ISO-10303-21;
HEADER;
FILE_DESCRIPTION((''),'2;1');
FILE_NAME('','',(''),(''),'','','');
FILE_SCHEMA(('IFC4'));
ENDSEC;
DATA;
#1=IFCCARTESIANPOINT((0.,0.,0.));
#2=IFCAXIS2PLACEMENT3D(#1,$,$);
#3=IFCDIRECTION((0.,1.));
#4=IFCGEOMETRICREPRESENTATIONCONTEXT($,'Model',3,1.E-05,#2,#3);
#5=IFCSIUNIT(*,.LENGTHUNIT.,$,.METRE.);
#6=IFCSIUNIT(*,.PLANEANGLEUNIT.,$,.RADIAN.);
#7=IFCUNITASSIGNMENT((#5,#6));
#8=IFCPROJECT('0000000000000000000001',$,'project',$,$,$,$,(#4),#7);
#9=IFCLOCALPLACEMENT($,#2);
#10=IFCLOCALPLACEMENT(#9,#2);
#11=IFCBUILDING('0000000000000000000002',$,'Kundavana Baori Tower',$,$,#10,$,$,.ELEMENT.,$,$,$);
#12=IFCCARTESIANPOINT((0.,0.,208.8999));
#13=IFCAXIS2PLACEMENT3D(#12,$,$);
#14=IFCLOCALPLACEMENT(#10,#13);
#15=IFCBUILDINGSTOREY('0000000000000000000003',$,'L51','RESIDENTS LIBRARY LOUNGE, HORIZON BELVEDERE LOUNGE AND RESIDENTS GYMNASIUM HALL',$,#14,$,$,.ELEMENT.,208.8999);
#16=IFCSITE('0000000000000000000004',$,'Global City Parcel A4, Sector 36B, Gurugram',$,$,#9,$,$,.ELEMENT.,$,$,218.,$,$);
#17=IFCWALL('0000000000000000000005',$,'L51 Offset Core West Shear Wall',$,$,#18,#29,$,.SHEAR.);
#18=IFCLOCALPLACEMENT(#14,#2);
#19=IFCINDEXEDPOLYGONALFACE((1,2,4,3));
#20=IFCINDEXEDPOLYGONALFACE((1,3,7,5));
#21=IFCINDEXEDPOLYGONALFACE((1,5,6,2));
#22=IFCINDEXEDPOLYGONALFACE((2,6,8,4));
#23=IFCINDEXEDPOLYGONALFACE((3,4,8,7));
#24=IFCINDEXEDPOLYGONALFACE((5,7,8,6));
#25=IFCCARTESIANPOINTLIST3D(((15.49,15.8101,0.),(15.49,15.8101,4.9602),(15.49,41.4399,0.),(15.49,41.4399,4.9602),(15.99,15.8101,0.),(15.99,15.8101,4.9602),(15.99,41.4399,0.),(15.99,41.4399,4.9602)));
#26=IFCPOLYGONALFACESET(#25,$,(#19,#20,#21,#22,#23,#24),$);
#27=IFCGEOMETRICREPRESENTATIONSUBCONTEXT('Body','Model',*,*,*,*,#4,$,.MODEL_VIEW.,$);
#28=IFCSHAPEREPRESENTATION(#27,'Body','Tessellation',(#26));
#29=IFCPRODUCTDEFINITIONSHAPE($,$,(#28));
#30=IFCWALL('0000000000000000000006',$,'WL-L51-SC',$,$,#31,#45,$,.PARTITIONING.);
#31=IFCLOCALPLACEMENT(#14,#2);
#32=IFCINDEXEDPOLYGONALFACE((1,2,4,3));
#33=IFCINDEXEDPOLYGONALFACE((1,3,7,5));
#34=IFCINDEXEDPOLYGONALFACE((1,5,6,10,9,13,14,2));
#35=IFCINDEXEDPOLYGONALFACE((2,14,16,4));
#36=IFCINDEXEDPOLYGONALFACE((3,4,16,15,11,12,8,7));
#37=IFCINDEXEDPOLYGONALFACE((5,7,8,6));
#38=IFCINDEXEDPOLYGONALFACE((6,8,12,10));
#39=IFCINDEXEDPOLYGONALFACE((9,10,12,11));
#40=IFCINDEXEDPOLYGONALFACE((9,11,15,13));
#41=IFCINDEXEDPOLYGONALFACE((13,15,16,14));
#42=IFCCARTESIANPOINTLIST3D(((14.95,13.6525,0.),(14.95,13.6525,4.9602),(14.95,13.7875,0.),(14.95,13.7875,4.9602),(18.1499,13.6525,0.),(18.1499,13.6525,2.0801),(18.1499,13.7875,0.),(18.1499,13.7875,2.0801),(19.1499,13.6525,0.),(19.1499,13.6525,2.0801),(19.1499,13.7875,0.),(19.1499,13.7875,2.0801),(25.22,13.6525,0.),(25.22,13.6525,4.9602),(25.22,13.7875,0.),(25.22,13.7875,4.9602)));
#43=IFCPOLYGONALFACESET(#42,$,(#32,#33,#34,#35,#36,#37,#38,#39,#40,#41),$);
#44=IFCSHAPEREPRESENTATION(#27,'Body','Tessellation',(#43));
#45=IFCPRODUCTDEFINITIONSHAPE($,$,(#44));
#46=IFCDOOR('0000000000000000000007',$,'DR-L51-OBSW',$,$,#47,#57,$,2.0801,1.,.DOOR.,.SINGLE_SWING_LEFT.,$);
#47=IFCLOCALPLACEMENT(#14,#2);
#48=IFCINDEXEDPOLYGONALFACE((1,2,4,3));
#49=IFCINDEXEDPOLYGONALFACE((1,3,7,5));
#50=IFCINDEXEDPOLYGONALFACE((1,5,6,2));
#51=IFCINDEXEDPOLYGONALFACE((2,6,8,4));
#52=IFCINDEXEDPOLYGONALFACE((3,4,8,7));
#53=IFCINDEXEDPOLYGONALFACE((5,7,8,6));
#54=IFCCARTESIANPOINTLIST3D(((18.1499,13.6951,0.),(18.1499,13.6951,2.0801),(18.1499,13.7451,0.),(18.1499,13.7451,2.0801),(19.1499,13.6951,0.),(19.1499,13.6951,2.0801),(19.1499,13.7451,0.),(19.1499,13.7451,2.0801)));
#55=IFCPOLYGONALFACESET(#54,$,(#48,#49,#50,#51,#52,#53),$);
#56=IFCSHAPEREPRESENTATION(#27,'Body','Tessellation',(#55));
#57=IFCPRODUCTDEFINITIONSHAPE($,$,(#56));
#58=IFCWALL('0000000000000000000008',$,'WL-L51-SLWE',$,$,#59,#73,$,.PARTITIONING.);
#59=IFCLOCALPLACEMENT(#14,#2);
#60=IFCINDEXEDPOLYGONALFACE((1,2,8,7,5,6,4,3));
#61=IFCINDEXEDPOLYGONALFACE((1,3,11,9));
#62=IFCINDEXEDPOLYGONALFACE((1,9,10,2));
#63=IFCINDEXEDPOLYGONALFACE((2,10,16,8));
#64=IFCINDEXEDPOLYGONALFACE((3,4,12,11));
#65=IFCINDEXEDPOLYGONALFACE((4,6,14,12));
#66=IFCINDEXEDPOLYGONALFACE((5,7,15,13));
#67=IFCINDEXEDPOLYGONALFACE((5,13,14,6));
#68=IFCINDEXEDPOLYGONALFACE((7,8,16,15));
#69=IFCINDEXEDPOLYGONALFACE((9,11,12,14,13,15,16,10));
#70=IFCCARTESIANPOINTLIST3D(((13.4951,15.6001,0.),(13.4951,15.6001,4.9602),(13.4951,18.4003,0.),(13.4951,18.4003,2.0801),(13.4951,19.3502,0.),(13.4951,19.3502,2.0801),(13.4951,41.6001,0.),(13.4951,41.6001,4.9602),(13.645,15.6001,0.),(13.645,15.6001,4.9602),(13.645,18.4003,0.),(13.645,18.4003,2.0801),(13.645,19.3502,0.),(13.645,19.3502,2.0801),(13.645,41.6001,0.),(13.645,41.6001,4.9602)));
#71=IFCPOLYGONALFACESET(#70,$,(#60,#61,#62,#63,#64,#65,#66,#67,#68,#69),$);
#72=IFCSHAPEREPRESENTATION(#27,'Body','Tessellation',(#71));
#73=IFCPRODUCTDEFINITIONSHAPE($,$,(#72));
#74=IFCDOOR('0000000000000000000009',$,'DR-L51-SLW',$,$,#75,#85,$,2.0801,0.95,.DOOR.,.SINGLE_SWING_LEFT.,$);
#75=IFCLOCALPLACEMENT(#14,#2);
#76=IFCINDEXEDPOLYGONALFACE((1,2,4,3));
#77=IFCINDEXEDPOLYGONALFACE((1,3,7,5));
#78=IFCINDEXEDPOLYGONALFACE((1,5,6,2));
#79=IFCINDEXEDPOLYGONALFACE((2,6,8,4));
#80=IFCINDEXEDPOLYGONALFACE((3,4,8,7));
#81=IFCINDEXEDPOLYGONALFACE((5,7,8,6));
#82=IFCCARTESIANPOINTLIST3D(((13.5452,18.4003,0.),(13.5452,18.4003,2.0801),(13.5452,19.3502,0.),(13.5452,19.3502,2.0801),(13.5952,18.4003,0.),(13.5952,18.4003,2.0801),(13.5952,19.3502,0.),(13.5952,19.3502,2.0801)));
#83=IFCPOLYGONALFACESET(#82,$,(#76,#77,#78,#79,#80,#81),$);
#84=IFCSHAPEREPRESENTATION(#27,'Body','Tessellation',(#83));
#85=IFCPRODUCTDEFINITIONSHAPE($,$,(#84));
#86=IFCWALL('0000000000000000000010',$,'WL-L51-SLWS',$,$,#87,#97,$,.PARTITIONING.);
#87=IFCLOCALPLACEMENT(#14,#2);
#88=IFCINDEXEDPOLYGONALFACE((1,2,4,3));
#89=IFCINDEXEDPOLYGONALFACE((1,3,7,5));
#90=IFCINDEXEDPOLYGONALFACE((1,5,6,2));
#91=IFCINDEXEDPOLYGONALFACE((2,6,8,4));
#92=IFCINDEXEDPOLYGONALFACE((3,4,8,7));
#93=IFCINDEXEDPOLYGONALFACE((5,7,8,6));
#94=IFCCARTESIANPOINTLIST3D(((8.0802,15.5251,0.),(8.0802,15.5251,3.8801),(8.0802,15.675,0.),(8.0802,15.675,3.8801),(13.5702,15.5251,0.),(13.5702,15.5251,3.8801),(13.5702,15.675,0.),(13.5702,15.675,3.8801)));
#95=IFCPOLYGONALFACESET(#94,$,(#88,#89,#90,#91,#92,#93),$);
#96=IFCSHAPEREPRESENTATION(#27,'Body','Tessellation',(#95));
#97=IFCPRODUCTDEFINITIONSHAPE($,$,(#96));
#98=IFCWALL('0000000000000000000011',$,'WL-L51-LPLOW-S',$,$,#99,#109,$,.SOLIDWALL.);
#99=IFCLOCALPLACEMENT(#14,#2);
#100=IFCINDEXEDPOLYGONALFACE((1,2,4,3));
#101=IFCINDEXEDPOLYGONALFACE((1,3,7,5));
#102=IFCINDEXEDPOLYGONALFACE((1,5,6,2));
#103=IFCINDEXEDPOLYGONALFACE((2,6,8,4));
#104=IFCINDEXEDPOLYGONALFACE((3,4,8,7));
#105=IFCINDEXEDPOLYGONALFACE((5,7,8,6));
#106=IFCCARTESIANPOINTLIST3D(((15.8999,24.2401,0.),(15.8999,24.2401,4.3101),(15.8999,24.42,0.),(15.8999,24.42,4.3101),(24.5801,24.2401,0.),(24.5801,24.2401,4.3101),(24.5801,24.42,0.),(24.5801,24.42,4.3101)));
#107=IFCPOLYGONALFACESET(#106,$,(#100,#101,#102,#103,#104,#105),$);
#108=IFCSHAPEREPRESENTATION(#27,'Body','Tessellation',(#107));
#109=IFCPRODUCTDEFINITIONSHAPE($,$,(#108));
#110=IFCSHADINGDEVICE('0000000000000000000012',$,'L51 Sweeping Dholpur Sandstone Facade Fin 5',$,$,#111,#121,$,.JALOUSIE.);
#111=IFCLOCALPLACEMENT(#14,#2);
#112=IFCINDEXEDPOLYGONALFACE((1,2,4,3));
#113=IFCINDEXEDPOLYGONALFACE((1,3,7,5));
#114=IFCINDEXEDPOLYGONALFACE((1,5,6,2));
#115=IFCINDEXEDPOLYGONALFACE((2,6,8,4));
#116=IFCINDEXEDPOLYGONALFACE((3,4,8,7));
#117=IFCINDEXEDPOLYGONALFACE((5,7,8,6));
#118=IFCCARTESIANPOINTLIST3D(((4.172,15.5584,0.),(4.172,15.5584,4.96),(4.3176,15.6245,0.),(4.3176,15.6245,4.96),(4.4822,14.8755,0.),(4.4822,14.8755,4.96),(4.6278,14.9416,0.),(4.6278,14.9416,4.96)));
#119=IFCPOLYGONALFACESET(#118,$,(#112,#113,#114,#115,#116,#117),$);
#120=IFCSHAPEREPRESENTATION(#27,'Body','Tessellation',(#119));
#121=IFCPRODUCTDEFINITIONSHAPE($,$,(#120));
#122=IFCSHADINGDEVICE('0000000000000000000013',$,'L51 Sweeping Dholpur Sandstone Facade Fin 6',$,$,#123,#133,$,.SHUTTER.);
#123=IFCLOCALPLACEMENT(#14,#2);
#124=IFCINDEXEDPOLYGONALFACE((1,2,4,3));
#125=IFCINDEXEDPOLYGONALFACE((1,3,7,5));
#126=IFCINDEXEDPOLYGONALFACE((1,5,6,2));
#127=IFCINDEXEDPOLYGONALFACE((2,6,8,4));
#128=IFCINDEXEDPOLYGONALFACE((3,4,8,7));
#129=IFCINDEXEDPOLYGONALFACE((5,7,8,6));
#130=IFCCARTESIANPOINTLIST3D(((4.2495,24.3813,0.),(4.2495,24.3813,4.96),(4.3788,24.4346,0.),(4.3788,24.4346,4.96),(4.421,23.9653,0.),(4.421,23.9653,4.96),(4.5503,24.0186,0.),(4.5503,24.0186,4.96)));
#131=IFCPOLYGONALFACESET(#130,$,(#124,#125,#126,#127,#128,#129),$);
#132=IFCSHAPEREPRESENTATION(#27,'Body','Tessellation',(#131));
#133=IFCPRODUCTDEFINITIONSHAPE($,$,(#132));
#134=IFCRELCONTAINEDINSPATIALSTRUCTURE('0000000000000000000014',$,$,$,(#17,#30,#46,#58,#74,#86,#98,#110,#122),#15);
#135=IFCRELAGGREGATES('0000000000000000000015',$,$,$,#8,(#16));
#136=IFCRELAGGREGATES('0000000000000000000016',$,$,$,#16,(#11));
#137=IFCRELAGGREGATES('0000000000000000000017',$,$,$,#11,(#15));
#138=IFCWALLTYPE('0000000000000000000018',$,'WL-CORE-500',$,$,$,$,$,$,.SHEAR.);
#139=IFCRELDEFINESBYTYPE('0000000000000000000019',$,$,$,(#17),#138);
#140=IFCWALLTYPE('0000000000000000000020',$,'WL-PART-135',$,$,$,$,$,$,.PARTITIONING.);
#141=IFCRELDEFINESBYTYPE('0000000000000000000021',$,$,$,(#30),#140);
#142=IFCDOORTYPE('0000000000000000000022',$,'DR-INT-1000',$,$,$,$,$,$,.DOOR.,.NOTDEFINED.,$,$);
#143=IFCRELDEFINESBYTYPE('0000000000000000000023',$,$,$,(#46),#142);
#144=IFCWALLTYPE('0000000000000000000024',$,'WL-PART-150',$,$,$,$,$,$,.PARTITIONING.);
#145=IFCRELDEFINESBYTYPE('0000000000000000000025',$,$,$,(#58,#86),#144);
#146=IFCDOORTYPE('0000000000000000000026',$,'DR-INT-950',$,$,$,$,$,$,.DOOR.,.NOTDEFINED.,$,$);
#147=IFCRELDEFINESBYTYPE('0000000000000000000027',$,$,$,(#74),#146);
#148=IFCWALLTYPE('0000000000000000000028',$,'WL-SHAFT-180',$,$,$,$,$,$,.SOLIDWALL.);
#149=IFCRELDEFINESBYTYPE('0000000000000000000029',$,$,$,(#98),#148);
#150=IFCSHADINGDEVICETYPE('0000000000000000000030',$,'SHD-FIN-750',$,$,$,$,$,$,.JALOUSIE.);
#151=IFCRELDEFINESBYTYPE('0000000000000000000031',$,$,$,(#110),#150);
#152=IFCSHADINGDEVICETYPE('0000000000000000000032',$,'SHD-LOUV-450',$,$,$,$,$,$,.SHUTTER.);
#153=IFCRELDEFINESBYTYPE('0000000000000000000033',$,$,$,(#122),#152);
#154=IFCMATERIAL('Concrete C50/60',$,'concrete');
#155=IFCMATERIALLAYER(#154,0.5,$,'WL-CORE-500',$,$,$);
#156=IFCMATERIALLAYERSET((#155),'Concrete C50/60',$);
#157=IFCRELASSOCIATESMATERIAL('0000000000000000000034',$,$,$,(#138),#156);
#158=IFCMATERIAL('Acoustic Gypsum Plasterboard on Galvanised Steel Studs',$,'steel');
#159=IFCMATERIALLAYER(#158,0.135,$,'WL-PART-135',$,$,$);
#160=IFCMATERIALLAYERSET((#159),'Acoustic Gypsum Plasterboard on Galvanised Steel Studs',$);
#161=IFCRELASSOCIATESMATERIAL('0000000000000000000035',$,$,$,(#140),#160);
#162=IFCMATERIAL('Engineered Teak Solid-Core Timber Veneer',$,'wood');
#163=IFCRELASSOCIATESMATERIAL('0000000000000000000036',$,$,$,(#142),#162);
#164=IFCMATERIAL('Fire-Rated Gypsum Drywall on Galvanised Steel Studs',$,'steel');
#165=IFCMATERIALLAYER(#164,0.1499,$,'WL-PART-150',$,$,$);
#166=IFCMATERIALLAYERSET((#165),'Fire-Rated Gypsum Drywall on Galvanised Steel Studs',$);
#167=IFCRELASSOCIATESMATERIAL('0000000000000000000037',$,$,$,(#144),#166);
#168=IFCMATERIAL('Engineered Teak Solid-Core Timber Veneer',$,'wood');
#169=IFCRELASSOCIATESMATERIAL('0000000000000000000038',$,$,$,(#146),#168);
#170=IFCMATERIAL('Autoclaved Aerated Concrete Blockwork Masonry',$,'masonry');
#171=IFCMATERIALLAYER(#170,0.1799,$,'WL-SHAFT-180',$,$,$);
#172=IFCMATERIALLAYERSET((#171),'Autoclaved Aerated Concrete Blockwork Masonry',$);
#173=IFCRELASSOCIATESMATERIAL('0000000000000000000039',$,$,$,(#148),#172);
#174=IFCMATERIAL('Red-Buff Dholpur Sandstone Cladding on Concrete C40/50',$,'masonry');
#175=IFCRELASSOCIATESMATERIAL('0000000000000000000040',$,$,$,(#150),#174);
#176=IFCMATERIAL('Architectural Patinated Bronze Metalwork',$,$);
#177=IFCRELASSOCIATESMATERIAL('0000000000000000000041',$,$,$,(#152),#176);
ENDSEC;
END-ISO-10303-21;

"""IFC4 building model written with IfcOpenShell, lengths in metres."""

from ifc_helpers import new_model, si_unit, direction, frame, frame_2d, origin, origin_2d, place, context, subcontext, project, spatial, rectangle, extrude, material, layer, layer_set, type_object, element, fill, save


model = new_model("IFC4")

# Units and contexts
model_context = context("Model", 3, precision=1e-05, world=origin(), true_north=direction((0.0, 1.0)))
body_context = subcontext(model_context, "Body", "Model", "MODEL_VIEW")
ifc_project = project(units=[si_unit("LENGTHUNIT", "METRE"), si_unit("PLANEANGLEUNIT", "RADIAN")], contexts=[model_context])

# Site, building, storey
site_placement = place(None, origin())
site = spatial("IfcSite", under=ifc_project, at=site_placement, Name="Global City Parcel A4, Sector 36B, Gurugram", CompositionType="ELEMENT", RefElevation=218.0)
building_placement = place(site_placement, origin())
building = spatial("IfcBuilding", under=site, at=building_placement, Name="Kundavana Baori Tower", CompositionType="ELEMENT")
storey_placement = place(building_placement, frame((0.0, 0.0, 208.8999)))
storey = spatial("IfcBuildingStorey", under=building, at=storey_placement, Name="L51", Description="RESIDENTS LIBRARY LOUNGE, HORIZON BELVEDERE LOUNGE AND RESIDENTS GYMNASIUM HALL", CompositionType="ELEMENT", Elevation=208.8999)

# Wall
ifc_material_1 = material(Name="Concrete C50/60", Category="concrete")
ifc_layer_1 = layer(ifc_material_1, 0.5, Name="WL-CORE-500")
ifc_layer_set_1 = layer_set([ifc_layer_1], Name="Concrete C50/60")
wall_type_1 = type_object("IfcWallType", Name="WL-CORE-500", PredefinedType="SHEAR", material=ifc_layer_set_1)
wall_1_placement = place(storey_placement, frame((15.74, 15.8101, 0.0), z_axis=(0.0, 0.0, 1.0), x_axis=(0.0, 1.0, 0.0)))
element("IfcWall", 1, at=wall_1_placement, inside=storey, type_object=wall_type_1, Name="L51 Offset Core West Shear Wall", PredefinedType="SHEAR", context=body_context, shape_type="SweptSolid", body=[
    extrude(rectangle(XDim=25.6299, YDim=0.5, at=frame_2d((12.8149, 0.0))), origin(), (0.0, 0.0, 1.0), 4.9602),
])

# Walls, openings, doors
ifc_material_2 = material(Name="Acoustic Gypsum Plasterboard on Galvanised Steel Studs", Category="steel")
ifc_layer_2 = layer(ifc_material_2, 0.135, Name="WL-PART-135")
ifc_layer_set_2 = layer_set([ifc_layer_2], Name="Acoustic Gypsum Plasterboard on Galvanised Steel Studs")
wall_type_2 = type_object("IfcWallType", Name="WL-PART-135", PredefinedType="PARTITIONING", material=ifc_layer_set_2)
wall_2_placement = place(storey_placement, frame((14.95, 13.72, 0.0), z_axis=(0.0, 0.0, 1.0), x_axis=(1.0, 0.0, 0.0)))
wall_2 = element("IfcWall", 2, at=wall_2_placement, inside=storey, type_object=wall_type_2, Name="WL-L51-SC", PredefinedType="PARTITIONING", context=body_context, shape_type="SweptSolid", body=[
    extrude(rectangle(XDim=10.27, YDim=0.135, at=frame_2d((5.135, 0.0))), origin(), (0.0, 0.0, 1.0), 4.9602),
])
opening_1_placement = place(wall_2_placement, frame((3.2, 0.0, 0.0)))
opening_1 = element("IfcOpeningElement", 3, at=opening_1_placement, cuts=wall_2, PredefinedType="OPENING", context=body_context, shape_type="SweptSolid", body=[
    extrude(rectangle(XDim=1.0, YDim=2.0801, at=frame_2d((0.5, 1.04))), frame((0.0, 0.0776, 0.0), z_axis=(0.0, -1.0, 0.0), x_axis=(1.0, 0.0, 0.0)), (0.0, 0.0, 1.0), 0.155),
])
ifc_material_3 = material(Name="Engineered Teak Solid-Core Timber Veneer", Category="wood")
door_type_1 = type_object("IfcDoorType", Name="DR-INT-1000", OperationType="NOTDEFINED", PredefinedType="DOOR", material=ifc_material_3)
door_1_placement = place(opening_1_placement, frame((1.0, 0.0, 0.0), z_axis=(0.0, 0.0, 1.0), x_axis=(-1.0, 0.0, 0.0)))
door_1 = element("IfcDoor", 4, at=door_1_placement, inside=storey, type_object=door_type_1, Name="DR-L51-OBSW", OperationType="SINGLE_SWING_LEFT", OverallHeight=2.0801, OverallWidth=1.0, PredefinedType="DOOR", context=body_context, shape_type="SweptSolid", body=[
    extrude(rectangle(XDim=1.0, YDim=2.0801, at=frame_2d((0.5, 1.04))), frame((0.0, 0.0249, 0.0), z_axis=(0.0, -1.0, 0.0), x_axis=(1.0, 0.0, 0.0)), (0.0, 0.0, 1.0), 0.05),
])
fill(opening_1, door_1)
ifc_material_4 = material(Name="Fire-Rated Gypsum Drywall on Galvanised Steel Studs", Category="steel")
ifc_layer_3 = layer(ifc_material_4, 0.1499, Name="WL-PART-150")
ifc_layer_set_3 = layer_set([ifc_layer_3], Name="Fire-Rated Gypsum Drywall on Galvanised Steel Studs")
wall_type_3 = type_object("IfcWallType", Name="WL-PART-150", PredefinedType="PARTITIONING", material=ifc_layer_set_3)
wall_3_placement = place(storey_placement, frame((13.5701, 15.6001, 0.0), z_axis=(0.0, 0.0, 1.0), x_axis=(0.0, 1.0, 0.0)))
wall_3 = element("IfcWall", 5, at=wall_3_placement, inside=storey, type_object=wall_type_3, Name="WL-L51-SLWE", PredefinedType="PARTITIONING", context=body_context, shape_type="SweptSolid", body=[
    extrude(rectangle(XDim=26.0, YDim=0.1499, at=frame_2d((13.0, 0.0))), origin(), (0.0, 0.0, 1.0), 4.9602),
])
opening_2_placement = place(wall_3_placement, frame((2.8, 0.0, 0.0)))
opening_2 = element("IfcOpeningElement", 6, at=opening_2_placement, cuts=wall_3, PredefinedType="OPENING", context=body_context, shape_type="SweptSolid", body=[
    extrude(rectangle(XDim=0.95, YDim=2.0801, at=frame_2d((0.4751, 1.04))), frame((0.0, 0.085, 0.0), z_axis=(0.0, -1.0, 0.0), x_axis=(1.0, 0.0, 0.0)), (0.0, 0.0, 1.0), 0.1699),
])
ifc_material_5 = material(Name="Engineered Teak Solid-Core Timber Veneer", Category="wood")
door_type_2 = type_object("IfcDoorType", Name="DR-INT-950", OperationType="NOTDEFINED", PredefinedType="DOOR", material=ifc_material_5)
door_2_placement = place(opening_2_placement, origin())
door_2 = element("IfcDoor", 7, at=door_2_placement, inside=storey, type_object=door_type_2, Name="DR-L51-SLW", OperationType="SINGLE_SWING_LEFT", OverallHeight=2.0801, OverallWidth=0.95, PredefinedType="DOOR", context=body_context, shape_type="SweptSolid", body=[
    extrude(rectangle(XDim=0.95, YDim=2.0801, at=frame_2d((0.4751, 1.04))), frame((0.0, 0.0249, 0.0), z_axis=(0.0, -1.0, 0.0), x_axis=(1.0, 0.0, 0.0)), (0.0, 0.0, 1.0), 0.05),
])
fill(opening_2, door_2)

# Walls
wall_4_placement = place(storey_placement, frame((8.0801, 15.6001, 0.0), z_axis=(0.0, 0.0, 1.0), x_axis=(1.0, 0.0, 0.0)))
element("IfcWall", 8, at=wall_4_placement, inside=storey, type_object=wall_type_3, Name="WL-L51-SLWS", PredefinedType="PARTITIONING", context=body_context, shape_type="SweptSolid", body=[
    extrude(rectangle(XDim=5.49, YDim=0.1499, at=frame_2d((2.7451, 0.0))), origin(), (0.0, 0.0, 1.0), 3.8801),
])
ifc_material_6 = material(Name="Autoclaved Aerated Concrete Blockwork Masonry", Category="masonry")
ifc_layer_4 = layer(ifc_material_6, 0.1799, Name="WL-SHAFT-180")
ifc_layer_set_4 = layer_set([ifc_layer_4], Name="Autoclaved Aerated Concrete Blockwork Masonry")
wall_type_4 = type_object("IfcWallType", Name="WL-SHAFT-180", PredefinedType="SOLIDWALL", material=ifc_layer_set_4)
wall_5_placement = place(storey_placement, frame((15.8999, 24.3301, 0.0), z_axis=(0.0, 0.0, 1.0), x_axis=(1.0, 0.0, 0.0)))
element("IfcWall", 9, at=wall_5_placement, inside=storey, type_object=wall_type_4, Name="WL-L51-LPLOW-S", PredefinedType="SOLIDWALL", context=body_context, shape_type="SweptSolid", body=[
    extrude(rectangle(XDim=8.6802, YDim=0.1799, at=frame_2d((4.3401, 0.0))), origin(), (0.0, 0.0, 1.0), 4.3101),
])

# Shading devices
ifc_material_7 = material(Name="Red-Buff Dholpur Sandstone Cladding on Concrete C40/50", Category="masonry")
shading_device_type_1 = type_object("IfcShadingDeviceType", Name="SHD-FIN-750", PredefinedType="JALOUSIE", material=ifc_material_7)
shading_device_1_placement = place(storey_placement, frame((4.3999, 15.25, 0.0), z_axis=(0.0, 0.0, 1.0), x_axis=(0.910467, 0.413581, 0.0)))
element("IfcShadingDevice", 10, at=shading_device_1_placement, inside=storey, type_object=shading_device_type_1, Name="L51 Sweeping Dholpur Sandstone Facade Fin 5", PredefinedType="JALOUSIE", context=body_context, shape_type="SweptSolid", body=[
    extrude(rectangle(XDim=0.1599, YDim=0.75, at=origin_2d()), origin(), (0.0, 0.0, 1.0), 4.96),
])
ifc_material_8 = material(Name="Architectural Patinated Bronze Metalwork")
shading_device_type_2 = type_object("IfcShadingDeviceType", Name="SHD-LOUV-450", PredefinedType="SHUTTER", material=ifc_material_8)
shading_device_2_placement = place(storey_placement, frame((4.3999, 24.2, 0.0), z_axis=(0.0, 0.0, 1.0), x_axis=(0.92448, 0.381232, 0.0)))
element("IfcShadingDevice", 11, at=shading_device_2_placement, inside=storey, type_object=shading_device_type_2, Name="L51 Sweeping Dholpur Sandstone Facade Fin 6", PredefinedType="SHUTTER", context=body_context, shape_type="SweptSolid", body=[
    extrude(rectangle(XDim=0.1399, YDim=0.45, at=origin_2d()), origin(), (0.0, 0.0, 1.0), 4.96),
])

save(model, "model.ifc")
